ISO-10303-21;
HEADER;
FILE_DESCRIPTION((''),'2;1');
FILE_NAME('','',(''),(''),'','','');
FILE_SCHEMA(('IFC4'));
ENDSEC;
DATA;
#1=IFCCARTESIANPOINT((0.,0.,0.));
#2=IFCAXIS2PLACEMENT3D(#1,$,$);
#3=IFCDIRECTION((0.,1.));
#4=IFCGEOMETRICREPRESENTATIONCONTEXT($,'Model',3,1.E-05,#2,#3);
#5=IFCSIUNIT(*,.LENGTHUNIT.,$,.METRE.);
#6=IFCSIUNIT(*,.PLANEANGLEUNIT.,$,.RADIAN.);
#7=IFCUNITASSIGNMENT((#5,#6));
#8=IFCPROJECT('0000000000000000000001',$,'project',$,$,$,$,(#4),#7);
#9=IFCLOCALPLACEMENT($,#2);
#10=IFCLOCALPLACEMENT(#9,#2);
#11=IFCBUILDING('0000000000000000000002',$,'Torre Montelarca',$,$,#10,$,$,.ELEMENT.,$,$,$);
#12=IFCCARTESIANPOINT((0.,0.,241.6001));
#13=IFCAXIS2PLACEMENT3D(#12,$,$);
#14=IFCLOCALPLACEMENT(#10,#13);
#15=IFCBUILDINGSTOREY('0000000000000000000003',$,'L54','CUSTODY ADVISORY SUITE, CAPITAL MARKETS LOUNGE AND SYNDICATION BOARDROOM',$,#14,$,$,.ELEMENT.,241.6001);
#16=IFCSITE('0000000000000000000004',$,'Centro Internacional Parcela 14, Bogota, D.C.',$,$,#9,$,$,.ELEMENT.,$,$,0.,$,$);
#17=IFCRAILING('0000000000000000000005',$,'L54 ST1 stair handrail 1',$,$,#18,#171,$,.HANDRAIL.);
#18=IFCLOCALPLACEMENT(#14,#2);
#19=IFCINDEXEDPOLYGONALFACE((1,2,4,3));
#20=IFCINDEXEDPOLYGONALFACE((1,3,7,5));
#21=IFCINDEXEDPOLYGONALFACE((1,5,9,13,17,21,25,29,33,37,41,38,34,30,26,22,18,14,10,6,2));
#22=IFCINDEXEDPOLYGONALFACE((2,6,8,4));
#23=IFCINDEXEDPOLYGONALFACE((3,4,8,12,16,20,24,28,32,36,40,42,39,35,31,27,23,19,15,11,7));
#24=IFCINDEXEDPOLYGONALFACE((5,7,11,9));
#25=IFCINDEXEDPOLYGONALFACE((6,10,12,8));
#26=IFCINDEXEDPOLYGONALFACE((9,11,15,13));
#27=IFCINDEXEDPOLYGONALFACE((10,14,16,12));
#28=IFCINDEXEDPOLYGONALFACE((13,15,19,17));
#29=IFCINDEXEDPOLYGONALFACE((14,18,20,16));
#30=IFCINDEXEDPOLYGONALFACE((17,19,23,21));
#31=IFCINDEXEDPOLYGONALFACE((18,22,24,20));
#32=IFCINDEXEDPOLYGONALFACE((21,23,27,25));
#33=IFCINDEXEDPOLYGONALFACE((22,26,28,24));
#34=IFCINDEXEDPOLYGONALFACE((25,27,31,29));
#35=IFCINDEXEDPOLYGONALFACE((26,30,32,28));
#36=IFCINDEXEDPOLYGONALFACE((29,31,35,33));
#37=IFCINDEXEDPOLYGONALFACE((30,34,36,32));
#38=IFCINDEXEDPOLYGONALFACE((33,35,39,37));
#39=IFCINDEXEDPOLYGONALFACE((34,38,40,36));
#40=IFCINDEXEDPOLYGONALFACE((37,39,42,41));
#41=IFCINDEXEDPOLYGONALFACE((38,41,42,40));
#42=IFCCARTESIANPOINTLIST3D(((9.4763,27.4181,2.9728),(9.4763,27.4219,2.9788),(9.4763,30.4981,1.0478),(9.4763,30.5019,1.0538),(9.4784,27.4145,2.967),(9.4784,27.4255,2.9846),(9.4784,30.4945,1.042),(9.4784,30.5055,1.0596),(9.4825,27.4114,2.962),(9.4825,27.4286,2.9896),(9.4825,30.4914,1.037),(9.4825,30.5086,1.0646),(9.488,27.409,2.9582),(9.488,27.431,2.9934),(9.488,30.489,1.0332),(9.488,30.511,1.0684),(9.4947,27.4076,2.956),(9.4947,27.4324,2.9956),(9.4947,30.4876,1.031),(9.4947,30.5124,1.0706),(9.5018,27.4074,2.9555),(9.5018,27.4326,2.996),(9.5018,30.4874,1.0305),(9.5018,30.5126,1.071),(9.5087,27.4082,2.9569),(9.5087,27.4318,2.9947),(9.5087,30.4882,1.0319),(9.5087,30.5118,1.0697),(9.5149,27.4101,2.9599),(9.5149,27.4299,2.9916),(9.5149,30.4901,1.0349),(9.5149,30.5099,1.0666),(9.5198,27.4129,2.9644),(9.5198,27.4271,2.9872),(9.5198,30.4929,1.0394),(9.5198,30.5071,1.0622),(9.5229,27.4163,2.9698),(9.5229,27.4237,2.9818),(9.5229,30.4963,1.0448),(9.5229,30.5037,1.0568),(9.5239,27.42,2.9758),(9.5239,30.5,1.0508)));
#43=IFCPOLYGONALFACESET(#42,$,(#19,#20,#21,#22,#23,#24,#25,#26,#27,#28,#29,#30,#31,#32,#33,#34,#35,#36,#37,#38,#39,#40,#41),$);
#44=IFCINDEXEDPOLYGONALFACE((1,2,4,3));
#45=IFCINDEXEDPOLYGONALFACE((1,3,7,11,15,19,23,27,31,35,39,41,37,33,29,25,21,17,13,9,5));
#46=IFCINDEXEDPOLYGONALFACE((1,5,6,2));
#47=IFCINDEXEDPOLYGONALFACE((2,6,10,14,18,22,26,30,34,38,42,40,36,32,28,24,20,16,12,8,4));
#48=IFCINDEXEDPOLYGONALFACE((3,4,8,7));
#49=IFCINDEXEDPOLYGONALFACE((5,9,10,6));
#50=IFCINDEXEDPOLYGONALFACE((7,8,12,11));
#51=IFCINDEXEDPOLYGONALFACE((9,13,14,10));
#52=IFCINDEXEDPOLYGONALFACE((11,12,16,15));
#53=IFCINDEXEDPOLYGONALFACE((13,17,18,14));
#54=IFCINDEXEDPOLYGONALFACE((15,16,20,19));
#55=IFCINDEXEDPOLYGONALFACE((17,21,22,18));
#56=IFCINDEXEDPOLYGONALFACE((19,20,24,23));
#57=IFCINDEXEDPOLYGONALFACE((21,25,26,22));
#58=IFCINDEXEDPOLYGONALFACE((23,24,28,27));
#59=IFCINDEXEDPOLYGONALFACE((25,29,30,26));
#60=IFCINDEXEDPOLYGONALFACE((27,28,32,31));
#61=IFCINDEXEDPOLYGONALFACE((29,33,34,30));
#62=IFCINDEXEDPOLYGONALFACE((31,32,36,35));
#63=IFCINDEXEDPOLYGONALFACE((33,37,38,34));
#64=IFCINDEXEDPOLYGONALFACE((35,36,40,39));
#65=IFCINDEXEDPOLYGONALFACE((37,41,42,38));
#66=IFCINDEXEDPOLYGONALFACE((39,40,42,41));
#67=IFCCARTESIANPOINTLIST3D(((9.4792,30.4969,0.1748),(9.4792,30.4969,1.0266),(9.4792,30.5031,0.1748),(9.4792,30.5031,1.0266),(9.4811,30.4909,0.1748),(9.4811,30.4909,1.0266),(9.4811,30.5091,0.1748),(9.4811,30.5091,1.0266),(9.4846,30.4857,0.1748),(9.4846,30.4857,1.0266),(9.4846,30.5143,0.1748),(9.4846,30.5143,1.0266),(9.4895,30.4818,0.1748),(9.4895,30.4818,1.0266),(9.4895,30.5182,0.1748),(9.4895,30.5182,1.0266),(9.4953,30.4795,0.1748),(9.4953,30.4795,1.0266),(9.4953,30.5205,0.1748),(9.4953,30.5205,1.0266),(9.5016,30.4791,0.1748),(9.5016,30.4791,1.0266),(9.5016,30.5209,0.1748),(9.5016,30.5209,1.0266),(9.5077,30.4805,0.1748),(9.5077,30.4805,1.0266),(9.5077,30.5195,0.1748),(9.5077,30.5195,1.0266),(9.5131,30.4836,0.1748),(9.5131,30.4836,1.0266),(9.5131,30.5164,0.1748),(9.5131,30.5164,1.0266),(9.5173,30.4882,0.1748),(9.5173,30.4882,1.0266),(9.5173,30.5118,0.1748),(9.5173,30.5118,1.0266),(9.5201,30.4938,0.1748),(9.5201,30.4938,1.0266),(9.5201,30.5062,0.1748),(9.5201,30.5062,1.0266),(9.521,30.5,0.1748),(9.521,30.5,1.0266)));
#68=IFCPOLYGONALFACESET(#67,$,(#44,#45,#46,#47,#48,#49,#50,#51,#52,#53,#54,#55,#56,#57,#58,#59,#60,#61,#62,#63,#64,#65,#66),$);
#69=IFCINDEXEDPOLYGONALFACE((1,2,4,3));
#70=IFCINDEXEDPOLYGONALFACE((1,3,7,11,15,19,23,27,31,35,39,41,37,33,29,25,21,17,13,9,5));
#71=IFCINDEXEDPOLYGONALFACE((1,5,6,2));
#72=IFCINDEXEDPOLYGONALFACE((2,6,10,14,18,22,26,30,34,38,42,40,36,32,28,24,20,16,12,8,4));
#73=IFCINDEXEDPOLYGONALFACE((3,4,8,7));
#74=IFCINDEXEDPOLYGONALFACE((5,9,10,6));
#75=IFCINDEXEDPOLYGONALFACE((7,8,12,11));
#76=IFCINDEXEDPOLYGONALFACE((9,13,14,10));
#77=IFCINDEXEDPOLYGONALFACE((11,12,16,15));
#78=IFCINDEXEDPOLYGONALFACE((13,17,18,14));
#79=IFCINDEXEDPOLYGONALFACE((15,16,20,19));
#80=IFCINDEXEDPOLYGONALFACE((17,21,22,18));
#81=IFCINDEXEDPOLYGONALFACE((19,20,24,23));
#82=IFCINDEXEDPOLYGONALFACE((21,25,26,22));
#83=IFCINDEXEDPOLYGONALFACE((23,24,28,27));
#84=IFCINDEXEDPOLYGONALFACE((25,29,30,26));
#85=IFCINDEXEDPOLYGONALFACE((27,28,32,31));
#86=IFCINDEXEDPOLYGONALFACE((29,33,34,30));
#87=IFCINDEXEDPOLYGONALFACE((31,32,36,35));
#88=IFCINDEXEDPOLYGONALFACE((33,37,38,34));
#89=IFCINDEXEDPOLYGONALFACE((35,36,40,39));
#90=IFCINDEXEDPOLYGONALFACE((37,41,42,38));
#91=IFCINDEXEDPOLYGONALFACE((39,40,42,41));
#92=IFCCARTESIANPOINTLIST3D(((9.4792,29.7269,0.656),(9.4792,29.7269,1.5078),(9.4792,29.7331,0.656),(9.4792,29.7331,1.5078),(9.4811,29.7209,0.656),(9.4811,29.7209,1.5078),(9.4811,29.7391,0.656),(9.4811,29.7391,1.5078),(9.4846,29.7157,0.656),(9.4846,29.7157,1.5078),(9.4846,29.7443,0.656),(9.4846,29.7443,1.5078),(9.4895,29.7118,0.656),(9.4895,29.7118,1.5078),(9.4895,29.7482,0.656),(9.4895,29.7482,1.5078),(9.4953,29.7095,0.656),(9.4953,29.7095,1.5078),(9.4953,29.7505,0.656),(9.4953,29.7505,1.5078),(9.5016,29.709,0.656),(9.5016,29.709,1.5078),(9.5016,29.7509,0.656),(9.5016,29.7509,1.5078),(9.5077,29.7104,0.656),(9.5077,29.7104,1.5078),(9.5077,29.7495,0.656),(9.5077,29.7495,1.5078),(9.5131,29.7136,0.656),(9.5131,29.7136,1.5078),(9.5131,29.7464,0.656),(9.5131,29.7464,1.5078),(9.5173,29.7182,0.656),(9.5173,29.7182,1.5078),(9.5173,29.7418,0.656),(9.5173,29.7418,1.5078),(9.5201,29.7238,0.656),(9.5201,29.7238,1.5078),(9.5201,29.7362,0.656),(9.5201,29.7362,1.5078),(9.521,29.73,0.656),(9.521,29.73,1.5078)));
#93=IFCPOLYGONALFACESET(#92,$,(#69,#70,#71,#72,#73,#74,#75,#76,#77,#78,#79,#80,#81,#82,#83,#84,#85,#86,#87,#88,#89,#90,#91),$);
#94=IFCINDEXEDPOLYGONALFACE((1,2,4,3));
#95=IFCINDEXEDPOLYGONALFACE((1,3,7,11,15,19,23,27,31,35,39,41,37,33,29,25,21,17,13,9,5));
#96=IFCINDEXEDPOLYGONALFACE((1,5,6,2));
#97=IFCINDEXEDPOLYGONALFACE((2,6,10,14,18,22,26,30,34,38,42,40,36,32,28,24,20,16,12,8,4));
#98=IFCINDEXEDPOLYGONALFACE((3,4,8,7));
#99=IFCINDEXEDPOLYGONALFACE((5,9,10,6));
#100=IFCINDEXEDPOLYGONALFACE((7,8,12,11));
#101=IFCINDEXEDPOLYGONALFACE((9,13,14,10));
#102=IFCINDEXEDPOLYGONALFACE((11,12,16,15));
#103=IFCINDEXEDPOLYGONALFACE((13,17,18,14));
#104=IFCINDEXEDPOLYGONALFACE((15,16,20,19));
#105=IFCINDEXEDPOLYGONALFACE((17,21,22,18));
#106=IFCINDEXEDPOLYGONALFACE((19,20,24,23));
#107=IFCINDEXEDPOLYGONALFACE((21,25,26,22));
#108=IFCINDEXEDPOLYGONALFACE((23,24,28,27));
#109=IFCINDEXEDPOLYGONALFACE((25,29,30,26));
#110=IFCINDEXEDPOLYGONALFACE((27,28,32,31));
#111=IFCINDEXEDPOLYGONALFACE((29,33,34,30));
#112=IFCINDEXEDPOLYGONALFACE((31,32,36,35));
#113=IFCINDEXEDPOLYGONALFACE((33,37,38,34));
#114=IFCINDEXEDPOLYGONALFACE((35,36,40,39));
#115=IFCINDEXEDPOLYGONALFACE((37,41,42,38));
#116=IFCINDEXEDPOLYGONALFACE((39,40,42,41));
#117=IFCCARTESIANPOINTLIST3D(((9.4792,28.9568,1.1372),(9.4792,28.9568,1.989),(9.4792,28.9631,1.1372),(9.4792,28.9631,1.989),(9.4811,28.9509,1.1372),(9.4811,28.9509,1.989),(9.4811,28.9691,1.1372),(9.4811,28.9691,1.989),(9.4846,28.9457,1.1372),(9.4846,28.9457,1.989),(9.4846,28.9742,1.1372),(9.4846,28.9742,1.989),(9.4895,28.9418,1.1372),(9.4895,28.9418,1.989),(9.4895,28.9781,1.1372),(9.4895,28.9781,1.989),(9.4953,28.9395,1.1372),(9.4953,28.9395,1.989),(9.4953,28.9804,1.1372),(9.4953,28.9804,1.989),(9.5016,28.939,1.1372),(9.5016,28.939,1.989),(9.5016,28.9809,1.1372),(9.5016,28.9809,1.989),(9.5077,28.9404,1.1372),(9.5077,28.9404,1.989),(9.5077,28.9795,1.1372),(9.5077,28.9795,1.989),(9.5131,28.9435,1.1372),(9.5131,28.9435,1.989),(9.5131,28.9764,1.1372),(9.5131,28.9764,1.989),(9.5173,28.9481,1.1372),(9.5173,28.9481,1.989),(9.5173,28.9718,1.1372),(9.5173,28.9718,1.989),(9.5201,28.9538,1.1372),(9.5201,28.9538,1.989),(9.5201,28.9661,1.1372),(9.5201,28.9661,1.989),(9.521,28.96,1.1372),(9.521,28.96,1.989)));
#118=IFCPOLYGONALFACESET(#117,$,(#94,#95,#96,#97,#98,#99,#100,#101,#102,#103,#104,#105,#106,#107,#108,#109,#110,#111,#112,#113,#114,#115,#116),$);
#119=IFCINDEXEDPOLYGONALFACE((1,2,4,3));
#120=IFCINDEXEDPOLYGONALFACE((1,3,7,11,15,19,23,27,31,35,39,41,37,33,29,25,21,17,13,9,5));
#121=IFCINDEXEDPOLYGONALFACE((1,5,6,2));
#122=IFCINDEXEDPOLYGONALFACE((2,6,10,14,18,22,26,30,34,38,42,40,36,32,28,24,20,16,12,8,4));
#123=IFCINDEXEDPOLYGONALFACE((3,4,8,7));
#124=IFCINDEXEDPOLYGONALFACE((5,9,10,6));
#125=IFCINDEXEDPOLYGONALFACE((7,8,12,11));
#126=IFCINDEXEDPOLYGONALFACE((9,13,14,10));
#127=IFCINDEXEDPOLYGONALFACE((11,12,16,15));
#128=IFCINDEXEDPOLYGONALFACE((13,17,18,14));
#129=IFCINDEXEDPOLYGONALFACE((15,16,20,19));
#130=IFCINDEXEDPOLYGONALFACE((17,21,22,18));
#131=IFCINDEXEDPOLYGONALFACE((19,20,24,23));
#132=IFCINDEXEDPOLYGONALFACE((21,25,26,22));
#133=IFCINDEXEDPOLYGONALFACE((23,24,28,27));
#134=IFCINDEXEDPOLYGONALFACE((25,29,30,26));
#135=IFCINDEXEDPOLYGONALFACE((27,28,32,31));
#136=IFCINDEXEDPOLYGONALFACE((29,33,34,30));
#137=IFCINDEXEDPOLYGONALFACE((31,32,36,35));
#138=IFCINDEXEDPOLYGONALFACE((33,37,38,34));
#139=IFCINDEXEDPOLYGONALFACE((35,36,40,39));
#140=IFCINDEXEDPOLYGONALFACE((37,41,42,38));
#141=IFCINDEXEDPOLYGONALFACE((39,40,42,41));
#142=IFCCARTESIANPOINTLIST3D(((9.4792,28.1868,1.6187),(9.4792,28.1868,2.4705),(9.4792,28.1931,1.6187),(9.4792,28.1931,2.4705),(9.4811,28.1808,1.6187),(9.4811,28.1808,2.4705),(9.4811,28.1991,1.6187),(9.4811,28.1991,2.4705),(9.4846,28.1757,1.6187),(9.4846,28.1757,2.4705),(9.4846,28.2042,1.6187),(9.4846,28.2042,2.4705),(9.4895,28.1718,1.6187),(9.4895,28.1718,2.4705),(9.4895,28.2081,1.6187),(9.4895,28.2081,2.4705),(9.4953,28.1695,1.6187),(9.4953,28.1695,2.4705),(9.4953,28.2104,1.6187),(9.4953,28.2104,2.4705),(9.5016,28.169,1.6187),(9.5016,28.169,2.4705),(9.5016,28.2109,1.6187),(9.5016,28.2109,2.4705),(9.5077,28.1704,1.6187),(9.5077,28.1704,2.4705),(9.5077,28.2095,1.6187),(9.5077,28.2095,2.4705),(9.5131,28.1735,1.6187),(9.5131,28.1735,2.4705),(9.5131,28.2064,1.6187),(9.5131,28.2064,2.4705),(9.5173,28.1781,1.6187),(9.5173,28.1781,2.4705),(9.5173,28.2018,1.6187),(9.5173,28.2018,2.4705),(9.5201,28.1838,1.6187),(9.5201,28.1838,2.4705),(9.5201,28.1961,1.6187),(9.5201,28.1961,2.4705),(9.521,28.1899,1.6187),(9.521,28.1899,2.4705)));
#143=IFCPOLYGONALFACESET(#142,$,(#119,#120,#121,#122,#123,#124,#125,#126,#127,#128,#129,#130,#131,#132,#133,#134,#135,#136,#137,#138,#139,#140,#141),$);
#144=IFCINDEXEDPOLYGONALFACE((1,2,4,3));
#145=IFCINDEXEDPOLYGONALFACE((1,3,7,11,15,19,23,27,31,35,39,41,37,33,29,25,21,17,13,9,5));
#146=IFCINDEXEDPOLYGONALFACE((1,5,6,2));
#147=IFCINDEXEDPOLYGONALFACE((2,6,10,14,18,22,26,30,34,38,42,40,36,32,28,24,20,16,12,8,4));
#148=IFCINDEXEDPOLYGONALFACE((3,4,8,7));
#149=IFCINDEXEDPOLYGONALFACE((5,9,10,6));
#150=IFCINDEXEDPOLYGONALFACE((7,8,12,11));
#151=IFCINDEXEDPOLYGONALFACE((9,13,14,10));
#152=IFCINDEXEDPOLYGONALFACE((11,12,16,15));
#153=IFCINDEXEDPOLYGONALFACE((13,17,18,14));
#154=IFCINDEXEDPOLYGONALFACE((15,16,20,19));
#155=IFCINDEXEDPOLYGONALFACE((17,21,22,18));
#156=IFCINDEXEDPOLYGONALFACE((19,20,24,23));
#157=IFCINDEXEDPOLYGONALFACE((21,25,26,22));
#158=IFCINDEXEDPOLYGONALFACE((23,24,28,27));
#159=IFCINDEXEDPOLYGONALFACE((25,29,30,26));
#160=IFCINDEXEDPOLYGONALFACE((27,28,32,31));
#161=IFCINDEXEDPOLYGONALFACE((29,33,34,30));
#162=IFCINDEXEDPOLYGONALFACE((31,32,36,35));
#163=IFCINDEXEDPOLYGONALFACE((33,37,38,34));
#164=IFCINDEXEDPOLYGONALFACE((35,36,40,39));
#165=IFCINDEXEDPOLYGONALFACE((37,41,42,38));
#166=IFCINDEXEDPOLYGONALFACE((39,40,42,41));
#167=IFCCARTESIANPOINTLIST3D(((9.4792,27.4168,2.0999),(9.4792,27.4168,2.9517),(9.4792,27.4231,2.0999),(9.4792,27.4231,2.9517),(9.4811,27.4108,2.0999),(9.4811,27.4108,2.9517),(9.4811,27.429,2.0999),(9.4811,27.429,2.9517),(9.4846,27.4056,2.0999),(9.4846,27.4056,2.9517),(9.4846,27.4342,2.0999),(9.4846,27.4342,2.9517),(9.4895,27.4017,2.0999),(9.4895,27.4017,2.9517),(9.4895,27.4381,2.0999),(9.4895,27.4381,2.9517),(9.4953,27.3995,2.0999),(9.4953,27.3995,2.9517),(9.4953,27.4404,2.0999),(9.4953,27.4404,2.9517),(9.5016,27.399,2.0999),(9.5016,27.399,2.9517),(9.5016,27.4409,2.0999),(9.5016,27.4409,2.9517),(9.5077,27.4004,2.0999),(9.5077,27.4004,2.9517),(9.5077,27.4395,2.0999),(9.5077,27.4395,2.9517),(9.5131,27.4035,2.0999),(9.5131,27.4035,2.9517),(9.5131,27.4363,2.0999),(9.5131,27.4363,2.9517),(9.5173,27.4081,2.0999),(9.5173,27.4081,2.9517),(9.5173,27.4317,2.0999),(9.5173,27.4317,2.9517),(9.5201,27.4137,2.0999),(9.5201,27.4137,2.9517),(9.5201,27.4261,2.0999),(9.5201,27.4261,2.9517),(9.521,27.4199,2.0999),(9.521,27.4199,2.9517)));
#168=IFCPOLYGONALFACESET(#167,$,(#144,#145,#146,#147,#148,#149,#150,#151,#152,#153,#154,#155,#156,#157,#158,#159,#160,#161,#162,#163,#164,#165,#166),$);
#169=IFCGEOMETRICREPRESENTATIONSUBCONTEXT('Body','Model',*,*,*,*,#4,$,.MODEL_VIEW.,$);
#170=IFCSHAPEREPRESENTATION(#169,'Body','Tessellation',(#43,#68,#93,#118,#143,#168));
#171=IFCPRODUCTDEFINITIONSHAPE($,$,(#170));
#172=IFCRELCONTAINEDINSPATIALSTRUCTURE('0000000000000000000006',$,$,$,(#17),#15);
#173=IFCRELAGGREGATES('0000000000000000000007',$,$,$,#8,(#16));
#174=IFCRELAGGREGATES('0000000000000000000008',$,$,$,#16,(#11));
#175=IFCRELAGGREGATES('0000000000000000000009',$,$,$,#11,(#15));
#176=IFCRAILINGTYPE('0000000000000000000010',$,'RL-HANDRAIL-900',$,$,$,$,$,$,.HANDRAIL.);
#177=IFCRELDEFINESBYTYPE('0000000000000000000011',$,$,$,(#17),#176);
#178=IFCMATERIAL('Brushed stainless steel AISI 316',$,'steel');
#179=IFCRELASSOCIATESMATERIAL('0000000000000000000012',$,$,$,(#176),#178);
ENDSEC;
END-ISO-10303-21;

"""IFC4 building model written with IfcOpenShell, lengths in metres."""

from ifc_helpers import new_model, si_unit, direction, frame, origin, origin_2d, place, context, subcontext, project, spatial, circle, extrude, material, type_object, element, save


model = new_model("IFC4")

# Units and contexts
model_context = context("Model", 3, precision=1e-05, world=origin(), true_north=direction((0.0, 1.0)))
body_context = subcontext(model_context, "Body", "Model", "MODEL_VIEW")
ifc_project = project(units=[si_unit("LENGTHUNIT", "METRE"), si_unit("PLANEANGLEUNIT", "RADIAN")], contexts=[model_context])

# Site, building, storey
site_placement = place(None, origin())
site = spatial("IfcSite", under=ifc_project, at=site_placement, Name="Centro Internacional Parcela 14, Bogota, D.C.", CompositionType="ELEMENT", RefElevation=0.0)
building_placement = place(site_placement, origin())
building = spatial("IfcBuilding", under=site, at=building_placement, Name="Torre Montelarca", CompositionType="ELEMENT")
storey_placement = place(building_placement, frame((0.0, 0.0, 241.6001)))
storey = spatial("IfcBuildingStorey", under=building, at=storey_placement, Name="L54", Description="CUSTODY ADVISORY SUITE, CAPITAL MARKETS LOUNGE AND SYNDICATION BOARDROOM", CompositionType="ELEMENT", Elevation=241.6001)

# Shared definitions
ifc_material_1 = material(Name="Brushed stainless steel AISI 316", Category="steel")

# Railing
railing_type_1 = type_object("IfcRailingType", Name="RL-HANDRAIL-900", PredefinedType="HANDRAIL", material=ifc_material_1)
railing_1_placement = place(storey_placement, frame((9.5, 30.5, 0.1748)))
element("IfcRailing", 1, at=railing_1_placement, inside=storey, type_object=railing_type_1, Name="L54 ST1 stair handrail 1", PredefinedType="HANDRAIL", context=body_context, shape_type="SweptSolid", body=[
    extrude(circle(Radius=0.0239, at=origin_2d()), frame((0.0, 0.0, 0.876), z_axis=(0.0, -0.847998, 0.529999), x_axis=(1.0, 0.0, 0.0)), (0.0, 0.0, 1.0), 3.6321),
    extrude(circle(Radius=0.021, at=origin_2d()), origin(), (0.0, 0.0, 1.0), 0.8518),
    extrude(circle(Radius=0.021, at=origin_2d()), frame((0.0, -0.77, 0.4812)), (0.0, 0.0, 1.0), 0.8518),
    extrude(circle(Radius=0.021, at=origin_2d()), frame((0.0, -1.54, 0.9624)), (0.0, 0.0, 1.0), 0.8518),
    extrude(circle(Radius=0.021, at=origin_2d()), frame((0.0, -2.3101, 1.4438)), (0.0, 0.0, 1.0), 0.8518),
    extrude(circle(Radius=0.021, at=origin_2d()), frame((0.0, -3.0801, 1.925)), (0.0, 0.0, 1.0), 0.8518),
])

save(model, "model.ifc")
